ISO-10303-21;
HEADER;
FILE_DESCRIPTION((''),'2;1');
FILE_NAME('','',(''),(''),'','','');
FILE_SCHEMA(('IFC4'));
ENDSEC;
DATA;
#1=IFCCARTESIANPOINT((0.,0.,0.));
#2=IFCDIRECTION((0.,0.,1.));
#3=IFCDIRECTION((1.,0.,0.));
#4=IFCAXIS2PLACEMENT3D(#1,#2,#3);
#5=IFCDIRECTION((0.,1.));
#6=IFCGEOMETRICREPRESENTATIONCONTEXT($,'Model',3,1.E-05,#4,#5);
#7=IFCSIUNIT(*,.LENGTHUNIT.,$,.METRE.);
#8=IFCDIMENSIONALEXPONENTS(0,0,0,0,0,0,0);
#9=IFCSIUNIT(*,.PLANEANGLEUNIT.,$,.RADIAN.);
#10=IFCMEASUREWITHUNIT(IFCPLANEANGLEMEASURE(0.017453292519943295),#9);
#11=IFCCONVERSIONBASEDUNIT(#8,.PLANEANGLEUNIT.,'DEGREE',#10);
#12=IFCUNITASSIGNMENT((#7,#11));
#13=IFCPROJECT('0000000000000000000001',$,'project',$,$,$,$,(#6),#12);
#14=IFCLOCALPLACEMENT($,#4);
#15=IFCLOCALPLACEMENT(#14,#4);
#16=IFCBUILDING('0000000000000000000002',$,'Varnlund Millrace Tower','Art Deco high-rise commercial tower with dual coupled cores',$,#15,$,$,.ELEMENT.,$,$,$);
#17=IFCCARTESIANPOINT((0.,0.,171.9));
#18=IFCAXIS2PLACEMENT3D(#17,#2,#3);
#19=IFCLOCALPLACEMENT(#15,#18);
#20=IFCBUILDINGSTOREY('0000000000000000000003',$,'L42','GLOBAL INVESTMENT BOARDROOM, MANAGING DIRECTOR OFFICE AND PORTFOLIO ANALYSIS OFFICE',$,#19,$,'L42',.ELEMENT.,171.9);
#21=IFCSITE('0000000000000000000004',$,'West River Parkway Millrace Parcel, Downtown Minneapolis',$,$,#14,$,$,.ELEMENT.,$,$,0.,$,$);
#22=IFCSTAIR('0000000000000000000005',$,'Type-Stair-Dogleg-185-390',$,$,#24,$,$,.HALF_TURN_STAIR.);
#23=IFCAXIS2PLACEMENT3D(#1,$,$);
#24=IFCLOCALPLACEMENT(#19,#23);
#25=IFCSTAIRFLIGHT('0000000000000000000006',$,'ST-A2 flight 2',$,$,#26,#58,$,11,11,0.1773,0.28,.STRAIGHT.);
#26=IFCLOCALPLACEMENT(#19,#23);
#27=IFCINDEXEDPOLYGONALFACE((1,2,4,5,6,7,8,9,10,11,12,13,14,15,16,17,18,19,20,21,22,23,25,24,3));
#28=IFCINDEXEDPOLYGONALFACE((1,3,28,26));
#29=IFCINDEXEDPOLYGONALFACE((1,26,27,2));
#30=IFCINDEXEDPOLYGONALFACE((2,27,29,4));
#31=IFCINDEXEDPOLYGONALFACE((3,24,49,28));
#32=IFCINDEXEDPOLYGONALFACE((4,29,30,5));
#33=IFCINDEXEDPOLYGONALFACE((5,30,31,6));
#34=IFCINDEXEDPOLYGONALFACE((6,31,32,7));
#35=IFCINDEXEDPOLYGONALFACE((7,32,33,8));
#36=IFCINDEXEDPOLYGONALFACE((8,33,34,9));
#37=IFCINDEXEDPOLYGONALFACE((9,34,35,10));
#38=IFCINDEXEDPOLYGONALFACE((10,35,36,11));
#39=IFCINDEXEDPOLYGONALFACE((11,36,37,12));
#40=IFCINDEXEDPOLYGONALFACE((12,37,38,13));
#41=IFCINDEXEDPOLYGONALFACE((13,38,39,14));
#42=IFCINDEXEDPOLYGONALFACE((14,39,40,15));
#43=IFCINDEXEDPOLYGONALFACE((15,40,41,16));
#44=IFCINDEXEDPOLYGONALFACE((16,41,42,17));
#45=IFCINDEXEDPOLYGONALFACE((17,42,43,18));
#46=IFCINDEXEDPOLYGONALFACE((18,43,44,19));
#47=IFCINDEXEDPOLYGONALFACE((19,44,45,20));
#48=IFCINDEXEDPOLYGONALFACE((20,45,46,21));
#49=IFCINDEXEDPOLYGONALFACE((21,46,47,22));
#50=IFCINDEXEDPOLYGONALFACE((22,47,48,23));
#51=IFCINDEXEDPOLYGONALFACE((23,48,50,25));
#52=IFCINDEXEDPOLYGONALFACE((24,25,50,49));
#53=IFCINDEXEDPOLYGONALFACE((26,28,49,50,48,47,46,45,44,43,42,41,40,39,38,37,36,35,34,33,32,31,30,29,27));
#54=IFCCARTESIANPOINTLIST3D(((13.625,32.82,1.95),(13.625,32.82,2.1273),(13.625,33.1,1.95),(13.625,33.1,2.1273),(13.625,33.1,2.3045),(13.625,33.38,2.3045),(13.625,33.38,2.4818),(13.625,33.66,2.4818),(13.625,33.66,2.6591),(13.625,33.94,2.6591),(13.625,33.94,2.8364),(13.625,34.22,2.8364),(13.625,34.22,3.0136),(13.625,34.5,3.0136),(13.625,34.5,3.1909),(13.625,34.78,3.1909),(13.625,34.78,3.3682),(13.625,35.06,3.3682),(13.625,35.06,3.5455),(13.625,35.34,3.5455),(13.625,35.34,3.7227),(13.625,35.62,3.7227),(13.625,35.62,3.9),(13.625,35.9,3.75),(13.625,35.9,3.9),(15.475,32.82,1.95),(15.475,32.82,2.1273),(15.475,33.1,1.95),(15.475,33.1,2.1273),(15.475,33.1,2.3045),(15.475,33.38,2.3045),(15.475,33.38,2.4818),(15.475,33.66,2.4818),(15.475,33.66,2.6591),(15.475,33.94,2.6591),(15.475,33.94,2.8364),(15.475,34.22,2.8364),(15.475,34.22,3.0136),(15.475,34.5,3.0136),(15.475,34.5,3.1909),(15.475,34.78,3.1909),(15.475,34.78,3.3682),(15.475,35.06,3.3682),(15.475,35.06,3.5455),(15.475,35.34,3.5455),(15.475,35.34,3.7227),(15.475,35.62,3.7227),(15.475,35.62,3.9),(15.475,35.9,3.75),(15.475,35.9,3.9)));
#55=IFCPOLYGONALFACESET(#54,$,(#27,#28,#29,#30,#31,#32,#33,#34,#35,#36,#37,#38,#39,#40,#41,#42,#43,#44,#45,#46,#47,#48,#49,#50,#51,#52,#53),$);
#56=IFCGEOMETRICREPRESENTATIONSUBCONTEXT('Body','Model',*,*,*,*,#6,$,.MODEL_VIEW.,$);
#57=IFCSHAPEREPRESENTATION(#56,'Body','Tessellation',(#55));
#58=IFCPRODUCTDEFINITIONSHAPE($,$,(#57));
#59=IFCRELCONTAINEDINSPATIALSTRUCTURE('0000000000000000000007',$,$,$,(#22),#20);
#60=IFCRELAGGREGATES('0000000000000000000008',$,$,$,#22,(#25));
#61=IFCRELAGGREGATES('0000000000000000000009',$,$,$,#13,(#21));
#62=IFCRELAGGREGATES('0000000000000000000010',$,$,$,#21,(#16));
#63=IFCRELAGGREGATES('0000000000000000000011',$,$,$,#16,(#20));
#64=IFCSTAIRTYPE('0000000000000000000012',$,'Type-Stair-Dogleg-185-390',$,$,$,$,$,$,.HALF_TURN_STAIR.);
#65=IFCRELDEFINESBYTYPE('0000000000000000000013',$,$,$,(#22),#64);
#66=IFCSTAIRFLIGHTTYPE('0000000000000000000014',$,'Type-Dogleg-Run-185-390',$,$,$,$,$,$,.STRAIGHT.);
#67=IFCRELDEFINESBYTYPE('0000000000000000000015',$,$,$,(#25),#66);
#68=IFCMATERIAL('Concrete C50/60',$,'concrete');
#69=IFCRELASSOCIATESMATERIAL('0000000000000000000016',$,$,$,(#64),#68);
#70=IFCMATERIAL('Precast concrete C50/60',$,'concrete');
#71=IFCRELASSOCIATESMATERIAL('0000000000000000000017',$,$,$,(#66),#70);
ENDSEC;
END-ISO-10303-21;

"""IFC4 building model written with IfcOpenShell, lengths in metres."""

from ifc_helpers import new_model, entity, si_unit, converted_unit, direction, frame, origin_with_axes, place, context, subcontext, project, spatial, polyline, outline, extrude, material, type_object, element, aggregate, save


model = new_model("IFC4")

# Units and contexts
model_context = context("Model", 3, precision=1e-05, world=origin_with_axes(), true_north=direction((0.0, 1.0)))
body_context = subcontext(model_context, "Body", "Model", "MODEL_VIEW")
ifc_project = project(units=[si_unit("LENGTHUNIT", "METRE"), converted_unit("PLANEANGLEUNIT", "DEGREE", entity("IfcPlaneAngleMeasure", 0.017453292519943295), si_unit("PLANEANGLEUNIT", "RADIAN"), dimensions=[0, 0, 0, 0, 0, 0, 0])], contexts=[model_context])

# Site, building, storey
site_placement = place(None, origin_with_axes())
site = spatial("IfcSite", under=ifc_project, at=site_placement, Name="West River Parkway Millrace Parcel, Downtown Minneapolis", CompositionType="ELEMENT", RefElevation=0.0)
building_placement = place(site_placement, origin_with_axes())
building = spatial("IfcBuilding", under=site, at=building_placement, Name="Varnlund Millrace Tower", Description="Art Deco high-rise commercial tower with dual coupled cores", CompositionType="ELEMENT")
storey_placement = place(building_placement, frame((0.0, 0.0, 171.9), z_axis=(0.0, 0.0, 1.0), x_axis=(1.0, 0.0, 0.0)))
storey = spatial("IfcBuildingStorey", under=building, at=storey_placement, Name="L42", Description="GLOBAL INVESTMENT BOARDROOM, MANAGING DIRECTOR OFFICE AND PORTFOLIO ANALYSIS OFFICE", LongName="L42", CompositionType="ELEMENT", Elevation=171.9)

# Shared definitions
ifc_material_1 = material(Name="Precast concrete C50/60", Category="concrete")

# Stair, stair flight
ifc_material_2 = material(Name="Concrete C50/60", Category="concrete")
stair_type = type_object("IfcStairType", Name="Type-Stair-Dogleg-185-390", PredefinedType="HALF_TURN_STAIR", material=ifc_material_2)
stair_placement = place(storey_placement, origin_with_axes())
stair = element("IfcStair", 1, at=stair_placement, inside=storey, type_object=stair_type, Name="Type-Stair-Dogleg-185-390", PredefinedType="HALF_TURN_STAIR")
stair_flight_type = type_object("IfcStairFlightType", Name="Type-Dogleg-Run-185-390", PredefinedType="STRAIGHT", material=ifc_material_1)
stair_flight_placement = place(storey_placement, frame((13.625, 32.82, 1.95), z_axis=(1.0, 0.0, 0.0), x_axis=(0.0, 1.0, 0.0)))
stair_flight = element("IfcStairFlight", 2, at=stair_flight_placement, type_object=stair_flight_type, Name="ST-A2 flight 2", NumberOfRisers=11, NumberOfTreads=11, PredefinedType="STRAIGHT", RiserHeight=0.1773, TreadLength=0.28, context=body_context, shape_type="SweptSolid", body=[
    extrude(outline(polyline([(0.0, 0.0), (0.0, 0.1773), (0.28, 0.1773), (0.28, 0.3545), (0.56, 0.3545), (0.56, 0.5318), (0.84, 0.5318), (0.84, 0.7091), (1.12, 0.7091), (1.12, 0.8864), (1.4, 0.8864), (1.4, 1.0636), (1.68, 1.0636), (1.68, 1.2409), (1.96, 1.2409), (1.96, 1.4182), (2.24, 1.4182), (2.24, 1.5955), (2.52, 1.5955), (2.52, 1.7727), (2.8, 1.7727), (2.8, 1.95), (3.08, 1.95), (3.08, 1.8), (0.28, 0.0), (0.0, 0.0)])), origin_with_axes(), (0.0, 0.0, 1.0), 1.85),
])
aggregate(stair, [stair_flight])

save(model, "model.ifc")
